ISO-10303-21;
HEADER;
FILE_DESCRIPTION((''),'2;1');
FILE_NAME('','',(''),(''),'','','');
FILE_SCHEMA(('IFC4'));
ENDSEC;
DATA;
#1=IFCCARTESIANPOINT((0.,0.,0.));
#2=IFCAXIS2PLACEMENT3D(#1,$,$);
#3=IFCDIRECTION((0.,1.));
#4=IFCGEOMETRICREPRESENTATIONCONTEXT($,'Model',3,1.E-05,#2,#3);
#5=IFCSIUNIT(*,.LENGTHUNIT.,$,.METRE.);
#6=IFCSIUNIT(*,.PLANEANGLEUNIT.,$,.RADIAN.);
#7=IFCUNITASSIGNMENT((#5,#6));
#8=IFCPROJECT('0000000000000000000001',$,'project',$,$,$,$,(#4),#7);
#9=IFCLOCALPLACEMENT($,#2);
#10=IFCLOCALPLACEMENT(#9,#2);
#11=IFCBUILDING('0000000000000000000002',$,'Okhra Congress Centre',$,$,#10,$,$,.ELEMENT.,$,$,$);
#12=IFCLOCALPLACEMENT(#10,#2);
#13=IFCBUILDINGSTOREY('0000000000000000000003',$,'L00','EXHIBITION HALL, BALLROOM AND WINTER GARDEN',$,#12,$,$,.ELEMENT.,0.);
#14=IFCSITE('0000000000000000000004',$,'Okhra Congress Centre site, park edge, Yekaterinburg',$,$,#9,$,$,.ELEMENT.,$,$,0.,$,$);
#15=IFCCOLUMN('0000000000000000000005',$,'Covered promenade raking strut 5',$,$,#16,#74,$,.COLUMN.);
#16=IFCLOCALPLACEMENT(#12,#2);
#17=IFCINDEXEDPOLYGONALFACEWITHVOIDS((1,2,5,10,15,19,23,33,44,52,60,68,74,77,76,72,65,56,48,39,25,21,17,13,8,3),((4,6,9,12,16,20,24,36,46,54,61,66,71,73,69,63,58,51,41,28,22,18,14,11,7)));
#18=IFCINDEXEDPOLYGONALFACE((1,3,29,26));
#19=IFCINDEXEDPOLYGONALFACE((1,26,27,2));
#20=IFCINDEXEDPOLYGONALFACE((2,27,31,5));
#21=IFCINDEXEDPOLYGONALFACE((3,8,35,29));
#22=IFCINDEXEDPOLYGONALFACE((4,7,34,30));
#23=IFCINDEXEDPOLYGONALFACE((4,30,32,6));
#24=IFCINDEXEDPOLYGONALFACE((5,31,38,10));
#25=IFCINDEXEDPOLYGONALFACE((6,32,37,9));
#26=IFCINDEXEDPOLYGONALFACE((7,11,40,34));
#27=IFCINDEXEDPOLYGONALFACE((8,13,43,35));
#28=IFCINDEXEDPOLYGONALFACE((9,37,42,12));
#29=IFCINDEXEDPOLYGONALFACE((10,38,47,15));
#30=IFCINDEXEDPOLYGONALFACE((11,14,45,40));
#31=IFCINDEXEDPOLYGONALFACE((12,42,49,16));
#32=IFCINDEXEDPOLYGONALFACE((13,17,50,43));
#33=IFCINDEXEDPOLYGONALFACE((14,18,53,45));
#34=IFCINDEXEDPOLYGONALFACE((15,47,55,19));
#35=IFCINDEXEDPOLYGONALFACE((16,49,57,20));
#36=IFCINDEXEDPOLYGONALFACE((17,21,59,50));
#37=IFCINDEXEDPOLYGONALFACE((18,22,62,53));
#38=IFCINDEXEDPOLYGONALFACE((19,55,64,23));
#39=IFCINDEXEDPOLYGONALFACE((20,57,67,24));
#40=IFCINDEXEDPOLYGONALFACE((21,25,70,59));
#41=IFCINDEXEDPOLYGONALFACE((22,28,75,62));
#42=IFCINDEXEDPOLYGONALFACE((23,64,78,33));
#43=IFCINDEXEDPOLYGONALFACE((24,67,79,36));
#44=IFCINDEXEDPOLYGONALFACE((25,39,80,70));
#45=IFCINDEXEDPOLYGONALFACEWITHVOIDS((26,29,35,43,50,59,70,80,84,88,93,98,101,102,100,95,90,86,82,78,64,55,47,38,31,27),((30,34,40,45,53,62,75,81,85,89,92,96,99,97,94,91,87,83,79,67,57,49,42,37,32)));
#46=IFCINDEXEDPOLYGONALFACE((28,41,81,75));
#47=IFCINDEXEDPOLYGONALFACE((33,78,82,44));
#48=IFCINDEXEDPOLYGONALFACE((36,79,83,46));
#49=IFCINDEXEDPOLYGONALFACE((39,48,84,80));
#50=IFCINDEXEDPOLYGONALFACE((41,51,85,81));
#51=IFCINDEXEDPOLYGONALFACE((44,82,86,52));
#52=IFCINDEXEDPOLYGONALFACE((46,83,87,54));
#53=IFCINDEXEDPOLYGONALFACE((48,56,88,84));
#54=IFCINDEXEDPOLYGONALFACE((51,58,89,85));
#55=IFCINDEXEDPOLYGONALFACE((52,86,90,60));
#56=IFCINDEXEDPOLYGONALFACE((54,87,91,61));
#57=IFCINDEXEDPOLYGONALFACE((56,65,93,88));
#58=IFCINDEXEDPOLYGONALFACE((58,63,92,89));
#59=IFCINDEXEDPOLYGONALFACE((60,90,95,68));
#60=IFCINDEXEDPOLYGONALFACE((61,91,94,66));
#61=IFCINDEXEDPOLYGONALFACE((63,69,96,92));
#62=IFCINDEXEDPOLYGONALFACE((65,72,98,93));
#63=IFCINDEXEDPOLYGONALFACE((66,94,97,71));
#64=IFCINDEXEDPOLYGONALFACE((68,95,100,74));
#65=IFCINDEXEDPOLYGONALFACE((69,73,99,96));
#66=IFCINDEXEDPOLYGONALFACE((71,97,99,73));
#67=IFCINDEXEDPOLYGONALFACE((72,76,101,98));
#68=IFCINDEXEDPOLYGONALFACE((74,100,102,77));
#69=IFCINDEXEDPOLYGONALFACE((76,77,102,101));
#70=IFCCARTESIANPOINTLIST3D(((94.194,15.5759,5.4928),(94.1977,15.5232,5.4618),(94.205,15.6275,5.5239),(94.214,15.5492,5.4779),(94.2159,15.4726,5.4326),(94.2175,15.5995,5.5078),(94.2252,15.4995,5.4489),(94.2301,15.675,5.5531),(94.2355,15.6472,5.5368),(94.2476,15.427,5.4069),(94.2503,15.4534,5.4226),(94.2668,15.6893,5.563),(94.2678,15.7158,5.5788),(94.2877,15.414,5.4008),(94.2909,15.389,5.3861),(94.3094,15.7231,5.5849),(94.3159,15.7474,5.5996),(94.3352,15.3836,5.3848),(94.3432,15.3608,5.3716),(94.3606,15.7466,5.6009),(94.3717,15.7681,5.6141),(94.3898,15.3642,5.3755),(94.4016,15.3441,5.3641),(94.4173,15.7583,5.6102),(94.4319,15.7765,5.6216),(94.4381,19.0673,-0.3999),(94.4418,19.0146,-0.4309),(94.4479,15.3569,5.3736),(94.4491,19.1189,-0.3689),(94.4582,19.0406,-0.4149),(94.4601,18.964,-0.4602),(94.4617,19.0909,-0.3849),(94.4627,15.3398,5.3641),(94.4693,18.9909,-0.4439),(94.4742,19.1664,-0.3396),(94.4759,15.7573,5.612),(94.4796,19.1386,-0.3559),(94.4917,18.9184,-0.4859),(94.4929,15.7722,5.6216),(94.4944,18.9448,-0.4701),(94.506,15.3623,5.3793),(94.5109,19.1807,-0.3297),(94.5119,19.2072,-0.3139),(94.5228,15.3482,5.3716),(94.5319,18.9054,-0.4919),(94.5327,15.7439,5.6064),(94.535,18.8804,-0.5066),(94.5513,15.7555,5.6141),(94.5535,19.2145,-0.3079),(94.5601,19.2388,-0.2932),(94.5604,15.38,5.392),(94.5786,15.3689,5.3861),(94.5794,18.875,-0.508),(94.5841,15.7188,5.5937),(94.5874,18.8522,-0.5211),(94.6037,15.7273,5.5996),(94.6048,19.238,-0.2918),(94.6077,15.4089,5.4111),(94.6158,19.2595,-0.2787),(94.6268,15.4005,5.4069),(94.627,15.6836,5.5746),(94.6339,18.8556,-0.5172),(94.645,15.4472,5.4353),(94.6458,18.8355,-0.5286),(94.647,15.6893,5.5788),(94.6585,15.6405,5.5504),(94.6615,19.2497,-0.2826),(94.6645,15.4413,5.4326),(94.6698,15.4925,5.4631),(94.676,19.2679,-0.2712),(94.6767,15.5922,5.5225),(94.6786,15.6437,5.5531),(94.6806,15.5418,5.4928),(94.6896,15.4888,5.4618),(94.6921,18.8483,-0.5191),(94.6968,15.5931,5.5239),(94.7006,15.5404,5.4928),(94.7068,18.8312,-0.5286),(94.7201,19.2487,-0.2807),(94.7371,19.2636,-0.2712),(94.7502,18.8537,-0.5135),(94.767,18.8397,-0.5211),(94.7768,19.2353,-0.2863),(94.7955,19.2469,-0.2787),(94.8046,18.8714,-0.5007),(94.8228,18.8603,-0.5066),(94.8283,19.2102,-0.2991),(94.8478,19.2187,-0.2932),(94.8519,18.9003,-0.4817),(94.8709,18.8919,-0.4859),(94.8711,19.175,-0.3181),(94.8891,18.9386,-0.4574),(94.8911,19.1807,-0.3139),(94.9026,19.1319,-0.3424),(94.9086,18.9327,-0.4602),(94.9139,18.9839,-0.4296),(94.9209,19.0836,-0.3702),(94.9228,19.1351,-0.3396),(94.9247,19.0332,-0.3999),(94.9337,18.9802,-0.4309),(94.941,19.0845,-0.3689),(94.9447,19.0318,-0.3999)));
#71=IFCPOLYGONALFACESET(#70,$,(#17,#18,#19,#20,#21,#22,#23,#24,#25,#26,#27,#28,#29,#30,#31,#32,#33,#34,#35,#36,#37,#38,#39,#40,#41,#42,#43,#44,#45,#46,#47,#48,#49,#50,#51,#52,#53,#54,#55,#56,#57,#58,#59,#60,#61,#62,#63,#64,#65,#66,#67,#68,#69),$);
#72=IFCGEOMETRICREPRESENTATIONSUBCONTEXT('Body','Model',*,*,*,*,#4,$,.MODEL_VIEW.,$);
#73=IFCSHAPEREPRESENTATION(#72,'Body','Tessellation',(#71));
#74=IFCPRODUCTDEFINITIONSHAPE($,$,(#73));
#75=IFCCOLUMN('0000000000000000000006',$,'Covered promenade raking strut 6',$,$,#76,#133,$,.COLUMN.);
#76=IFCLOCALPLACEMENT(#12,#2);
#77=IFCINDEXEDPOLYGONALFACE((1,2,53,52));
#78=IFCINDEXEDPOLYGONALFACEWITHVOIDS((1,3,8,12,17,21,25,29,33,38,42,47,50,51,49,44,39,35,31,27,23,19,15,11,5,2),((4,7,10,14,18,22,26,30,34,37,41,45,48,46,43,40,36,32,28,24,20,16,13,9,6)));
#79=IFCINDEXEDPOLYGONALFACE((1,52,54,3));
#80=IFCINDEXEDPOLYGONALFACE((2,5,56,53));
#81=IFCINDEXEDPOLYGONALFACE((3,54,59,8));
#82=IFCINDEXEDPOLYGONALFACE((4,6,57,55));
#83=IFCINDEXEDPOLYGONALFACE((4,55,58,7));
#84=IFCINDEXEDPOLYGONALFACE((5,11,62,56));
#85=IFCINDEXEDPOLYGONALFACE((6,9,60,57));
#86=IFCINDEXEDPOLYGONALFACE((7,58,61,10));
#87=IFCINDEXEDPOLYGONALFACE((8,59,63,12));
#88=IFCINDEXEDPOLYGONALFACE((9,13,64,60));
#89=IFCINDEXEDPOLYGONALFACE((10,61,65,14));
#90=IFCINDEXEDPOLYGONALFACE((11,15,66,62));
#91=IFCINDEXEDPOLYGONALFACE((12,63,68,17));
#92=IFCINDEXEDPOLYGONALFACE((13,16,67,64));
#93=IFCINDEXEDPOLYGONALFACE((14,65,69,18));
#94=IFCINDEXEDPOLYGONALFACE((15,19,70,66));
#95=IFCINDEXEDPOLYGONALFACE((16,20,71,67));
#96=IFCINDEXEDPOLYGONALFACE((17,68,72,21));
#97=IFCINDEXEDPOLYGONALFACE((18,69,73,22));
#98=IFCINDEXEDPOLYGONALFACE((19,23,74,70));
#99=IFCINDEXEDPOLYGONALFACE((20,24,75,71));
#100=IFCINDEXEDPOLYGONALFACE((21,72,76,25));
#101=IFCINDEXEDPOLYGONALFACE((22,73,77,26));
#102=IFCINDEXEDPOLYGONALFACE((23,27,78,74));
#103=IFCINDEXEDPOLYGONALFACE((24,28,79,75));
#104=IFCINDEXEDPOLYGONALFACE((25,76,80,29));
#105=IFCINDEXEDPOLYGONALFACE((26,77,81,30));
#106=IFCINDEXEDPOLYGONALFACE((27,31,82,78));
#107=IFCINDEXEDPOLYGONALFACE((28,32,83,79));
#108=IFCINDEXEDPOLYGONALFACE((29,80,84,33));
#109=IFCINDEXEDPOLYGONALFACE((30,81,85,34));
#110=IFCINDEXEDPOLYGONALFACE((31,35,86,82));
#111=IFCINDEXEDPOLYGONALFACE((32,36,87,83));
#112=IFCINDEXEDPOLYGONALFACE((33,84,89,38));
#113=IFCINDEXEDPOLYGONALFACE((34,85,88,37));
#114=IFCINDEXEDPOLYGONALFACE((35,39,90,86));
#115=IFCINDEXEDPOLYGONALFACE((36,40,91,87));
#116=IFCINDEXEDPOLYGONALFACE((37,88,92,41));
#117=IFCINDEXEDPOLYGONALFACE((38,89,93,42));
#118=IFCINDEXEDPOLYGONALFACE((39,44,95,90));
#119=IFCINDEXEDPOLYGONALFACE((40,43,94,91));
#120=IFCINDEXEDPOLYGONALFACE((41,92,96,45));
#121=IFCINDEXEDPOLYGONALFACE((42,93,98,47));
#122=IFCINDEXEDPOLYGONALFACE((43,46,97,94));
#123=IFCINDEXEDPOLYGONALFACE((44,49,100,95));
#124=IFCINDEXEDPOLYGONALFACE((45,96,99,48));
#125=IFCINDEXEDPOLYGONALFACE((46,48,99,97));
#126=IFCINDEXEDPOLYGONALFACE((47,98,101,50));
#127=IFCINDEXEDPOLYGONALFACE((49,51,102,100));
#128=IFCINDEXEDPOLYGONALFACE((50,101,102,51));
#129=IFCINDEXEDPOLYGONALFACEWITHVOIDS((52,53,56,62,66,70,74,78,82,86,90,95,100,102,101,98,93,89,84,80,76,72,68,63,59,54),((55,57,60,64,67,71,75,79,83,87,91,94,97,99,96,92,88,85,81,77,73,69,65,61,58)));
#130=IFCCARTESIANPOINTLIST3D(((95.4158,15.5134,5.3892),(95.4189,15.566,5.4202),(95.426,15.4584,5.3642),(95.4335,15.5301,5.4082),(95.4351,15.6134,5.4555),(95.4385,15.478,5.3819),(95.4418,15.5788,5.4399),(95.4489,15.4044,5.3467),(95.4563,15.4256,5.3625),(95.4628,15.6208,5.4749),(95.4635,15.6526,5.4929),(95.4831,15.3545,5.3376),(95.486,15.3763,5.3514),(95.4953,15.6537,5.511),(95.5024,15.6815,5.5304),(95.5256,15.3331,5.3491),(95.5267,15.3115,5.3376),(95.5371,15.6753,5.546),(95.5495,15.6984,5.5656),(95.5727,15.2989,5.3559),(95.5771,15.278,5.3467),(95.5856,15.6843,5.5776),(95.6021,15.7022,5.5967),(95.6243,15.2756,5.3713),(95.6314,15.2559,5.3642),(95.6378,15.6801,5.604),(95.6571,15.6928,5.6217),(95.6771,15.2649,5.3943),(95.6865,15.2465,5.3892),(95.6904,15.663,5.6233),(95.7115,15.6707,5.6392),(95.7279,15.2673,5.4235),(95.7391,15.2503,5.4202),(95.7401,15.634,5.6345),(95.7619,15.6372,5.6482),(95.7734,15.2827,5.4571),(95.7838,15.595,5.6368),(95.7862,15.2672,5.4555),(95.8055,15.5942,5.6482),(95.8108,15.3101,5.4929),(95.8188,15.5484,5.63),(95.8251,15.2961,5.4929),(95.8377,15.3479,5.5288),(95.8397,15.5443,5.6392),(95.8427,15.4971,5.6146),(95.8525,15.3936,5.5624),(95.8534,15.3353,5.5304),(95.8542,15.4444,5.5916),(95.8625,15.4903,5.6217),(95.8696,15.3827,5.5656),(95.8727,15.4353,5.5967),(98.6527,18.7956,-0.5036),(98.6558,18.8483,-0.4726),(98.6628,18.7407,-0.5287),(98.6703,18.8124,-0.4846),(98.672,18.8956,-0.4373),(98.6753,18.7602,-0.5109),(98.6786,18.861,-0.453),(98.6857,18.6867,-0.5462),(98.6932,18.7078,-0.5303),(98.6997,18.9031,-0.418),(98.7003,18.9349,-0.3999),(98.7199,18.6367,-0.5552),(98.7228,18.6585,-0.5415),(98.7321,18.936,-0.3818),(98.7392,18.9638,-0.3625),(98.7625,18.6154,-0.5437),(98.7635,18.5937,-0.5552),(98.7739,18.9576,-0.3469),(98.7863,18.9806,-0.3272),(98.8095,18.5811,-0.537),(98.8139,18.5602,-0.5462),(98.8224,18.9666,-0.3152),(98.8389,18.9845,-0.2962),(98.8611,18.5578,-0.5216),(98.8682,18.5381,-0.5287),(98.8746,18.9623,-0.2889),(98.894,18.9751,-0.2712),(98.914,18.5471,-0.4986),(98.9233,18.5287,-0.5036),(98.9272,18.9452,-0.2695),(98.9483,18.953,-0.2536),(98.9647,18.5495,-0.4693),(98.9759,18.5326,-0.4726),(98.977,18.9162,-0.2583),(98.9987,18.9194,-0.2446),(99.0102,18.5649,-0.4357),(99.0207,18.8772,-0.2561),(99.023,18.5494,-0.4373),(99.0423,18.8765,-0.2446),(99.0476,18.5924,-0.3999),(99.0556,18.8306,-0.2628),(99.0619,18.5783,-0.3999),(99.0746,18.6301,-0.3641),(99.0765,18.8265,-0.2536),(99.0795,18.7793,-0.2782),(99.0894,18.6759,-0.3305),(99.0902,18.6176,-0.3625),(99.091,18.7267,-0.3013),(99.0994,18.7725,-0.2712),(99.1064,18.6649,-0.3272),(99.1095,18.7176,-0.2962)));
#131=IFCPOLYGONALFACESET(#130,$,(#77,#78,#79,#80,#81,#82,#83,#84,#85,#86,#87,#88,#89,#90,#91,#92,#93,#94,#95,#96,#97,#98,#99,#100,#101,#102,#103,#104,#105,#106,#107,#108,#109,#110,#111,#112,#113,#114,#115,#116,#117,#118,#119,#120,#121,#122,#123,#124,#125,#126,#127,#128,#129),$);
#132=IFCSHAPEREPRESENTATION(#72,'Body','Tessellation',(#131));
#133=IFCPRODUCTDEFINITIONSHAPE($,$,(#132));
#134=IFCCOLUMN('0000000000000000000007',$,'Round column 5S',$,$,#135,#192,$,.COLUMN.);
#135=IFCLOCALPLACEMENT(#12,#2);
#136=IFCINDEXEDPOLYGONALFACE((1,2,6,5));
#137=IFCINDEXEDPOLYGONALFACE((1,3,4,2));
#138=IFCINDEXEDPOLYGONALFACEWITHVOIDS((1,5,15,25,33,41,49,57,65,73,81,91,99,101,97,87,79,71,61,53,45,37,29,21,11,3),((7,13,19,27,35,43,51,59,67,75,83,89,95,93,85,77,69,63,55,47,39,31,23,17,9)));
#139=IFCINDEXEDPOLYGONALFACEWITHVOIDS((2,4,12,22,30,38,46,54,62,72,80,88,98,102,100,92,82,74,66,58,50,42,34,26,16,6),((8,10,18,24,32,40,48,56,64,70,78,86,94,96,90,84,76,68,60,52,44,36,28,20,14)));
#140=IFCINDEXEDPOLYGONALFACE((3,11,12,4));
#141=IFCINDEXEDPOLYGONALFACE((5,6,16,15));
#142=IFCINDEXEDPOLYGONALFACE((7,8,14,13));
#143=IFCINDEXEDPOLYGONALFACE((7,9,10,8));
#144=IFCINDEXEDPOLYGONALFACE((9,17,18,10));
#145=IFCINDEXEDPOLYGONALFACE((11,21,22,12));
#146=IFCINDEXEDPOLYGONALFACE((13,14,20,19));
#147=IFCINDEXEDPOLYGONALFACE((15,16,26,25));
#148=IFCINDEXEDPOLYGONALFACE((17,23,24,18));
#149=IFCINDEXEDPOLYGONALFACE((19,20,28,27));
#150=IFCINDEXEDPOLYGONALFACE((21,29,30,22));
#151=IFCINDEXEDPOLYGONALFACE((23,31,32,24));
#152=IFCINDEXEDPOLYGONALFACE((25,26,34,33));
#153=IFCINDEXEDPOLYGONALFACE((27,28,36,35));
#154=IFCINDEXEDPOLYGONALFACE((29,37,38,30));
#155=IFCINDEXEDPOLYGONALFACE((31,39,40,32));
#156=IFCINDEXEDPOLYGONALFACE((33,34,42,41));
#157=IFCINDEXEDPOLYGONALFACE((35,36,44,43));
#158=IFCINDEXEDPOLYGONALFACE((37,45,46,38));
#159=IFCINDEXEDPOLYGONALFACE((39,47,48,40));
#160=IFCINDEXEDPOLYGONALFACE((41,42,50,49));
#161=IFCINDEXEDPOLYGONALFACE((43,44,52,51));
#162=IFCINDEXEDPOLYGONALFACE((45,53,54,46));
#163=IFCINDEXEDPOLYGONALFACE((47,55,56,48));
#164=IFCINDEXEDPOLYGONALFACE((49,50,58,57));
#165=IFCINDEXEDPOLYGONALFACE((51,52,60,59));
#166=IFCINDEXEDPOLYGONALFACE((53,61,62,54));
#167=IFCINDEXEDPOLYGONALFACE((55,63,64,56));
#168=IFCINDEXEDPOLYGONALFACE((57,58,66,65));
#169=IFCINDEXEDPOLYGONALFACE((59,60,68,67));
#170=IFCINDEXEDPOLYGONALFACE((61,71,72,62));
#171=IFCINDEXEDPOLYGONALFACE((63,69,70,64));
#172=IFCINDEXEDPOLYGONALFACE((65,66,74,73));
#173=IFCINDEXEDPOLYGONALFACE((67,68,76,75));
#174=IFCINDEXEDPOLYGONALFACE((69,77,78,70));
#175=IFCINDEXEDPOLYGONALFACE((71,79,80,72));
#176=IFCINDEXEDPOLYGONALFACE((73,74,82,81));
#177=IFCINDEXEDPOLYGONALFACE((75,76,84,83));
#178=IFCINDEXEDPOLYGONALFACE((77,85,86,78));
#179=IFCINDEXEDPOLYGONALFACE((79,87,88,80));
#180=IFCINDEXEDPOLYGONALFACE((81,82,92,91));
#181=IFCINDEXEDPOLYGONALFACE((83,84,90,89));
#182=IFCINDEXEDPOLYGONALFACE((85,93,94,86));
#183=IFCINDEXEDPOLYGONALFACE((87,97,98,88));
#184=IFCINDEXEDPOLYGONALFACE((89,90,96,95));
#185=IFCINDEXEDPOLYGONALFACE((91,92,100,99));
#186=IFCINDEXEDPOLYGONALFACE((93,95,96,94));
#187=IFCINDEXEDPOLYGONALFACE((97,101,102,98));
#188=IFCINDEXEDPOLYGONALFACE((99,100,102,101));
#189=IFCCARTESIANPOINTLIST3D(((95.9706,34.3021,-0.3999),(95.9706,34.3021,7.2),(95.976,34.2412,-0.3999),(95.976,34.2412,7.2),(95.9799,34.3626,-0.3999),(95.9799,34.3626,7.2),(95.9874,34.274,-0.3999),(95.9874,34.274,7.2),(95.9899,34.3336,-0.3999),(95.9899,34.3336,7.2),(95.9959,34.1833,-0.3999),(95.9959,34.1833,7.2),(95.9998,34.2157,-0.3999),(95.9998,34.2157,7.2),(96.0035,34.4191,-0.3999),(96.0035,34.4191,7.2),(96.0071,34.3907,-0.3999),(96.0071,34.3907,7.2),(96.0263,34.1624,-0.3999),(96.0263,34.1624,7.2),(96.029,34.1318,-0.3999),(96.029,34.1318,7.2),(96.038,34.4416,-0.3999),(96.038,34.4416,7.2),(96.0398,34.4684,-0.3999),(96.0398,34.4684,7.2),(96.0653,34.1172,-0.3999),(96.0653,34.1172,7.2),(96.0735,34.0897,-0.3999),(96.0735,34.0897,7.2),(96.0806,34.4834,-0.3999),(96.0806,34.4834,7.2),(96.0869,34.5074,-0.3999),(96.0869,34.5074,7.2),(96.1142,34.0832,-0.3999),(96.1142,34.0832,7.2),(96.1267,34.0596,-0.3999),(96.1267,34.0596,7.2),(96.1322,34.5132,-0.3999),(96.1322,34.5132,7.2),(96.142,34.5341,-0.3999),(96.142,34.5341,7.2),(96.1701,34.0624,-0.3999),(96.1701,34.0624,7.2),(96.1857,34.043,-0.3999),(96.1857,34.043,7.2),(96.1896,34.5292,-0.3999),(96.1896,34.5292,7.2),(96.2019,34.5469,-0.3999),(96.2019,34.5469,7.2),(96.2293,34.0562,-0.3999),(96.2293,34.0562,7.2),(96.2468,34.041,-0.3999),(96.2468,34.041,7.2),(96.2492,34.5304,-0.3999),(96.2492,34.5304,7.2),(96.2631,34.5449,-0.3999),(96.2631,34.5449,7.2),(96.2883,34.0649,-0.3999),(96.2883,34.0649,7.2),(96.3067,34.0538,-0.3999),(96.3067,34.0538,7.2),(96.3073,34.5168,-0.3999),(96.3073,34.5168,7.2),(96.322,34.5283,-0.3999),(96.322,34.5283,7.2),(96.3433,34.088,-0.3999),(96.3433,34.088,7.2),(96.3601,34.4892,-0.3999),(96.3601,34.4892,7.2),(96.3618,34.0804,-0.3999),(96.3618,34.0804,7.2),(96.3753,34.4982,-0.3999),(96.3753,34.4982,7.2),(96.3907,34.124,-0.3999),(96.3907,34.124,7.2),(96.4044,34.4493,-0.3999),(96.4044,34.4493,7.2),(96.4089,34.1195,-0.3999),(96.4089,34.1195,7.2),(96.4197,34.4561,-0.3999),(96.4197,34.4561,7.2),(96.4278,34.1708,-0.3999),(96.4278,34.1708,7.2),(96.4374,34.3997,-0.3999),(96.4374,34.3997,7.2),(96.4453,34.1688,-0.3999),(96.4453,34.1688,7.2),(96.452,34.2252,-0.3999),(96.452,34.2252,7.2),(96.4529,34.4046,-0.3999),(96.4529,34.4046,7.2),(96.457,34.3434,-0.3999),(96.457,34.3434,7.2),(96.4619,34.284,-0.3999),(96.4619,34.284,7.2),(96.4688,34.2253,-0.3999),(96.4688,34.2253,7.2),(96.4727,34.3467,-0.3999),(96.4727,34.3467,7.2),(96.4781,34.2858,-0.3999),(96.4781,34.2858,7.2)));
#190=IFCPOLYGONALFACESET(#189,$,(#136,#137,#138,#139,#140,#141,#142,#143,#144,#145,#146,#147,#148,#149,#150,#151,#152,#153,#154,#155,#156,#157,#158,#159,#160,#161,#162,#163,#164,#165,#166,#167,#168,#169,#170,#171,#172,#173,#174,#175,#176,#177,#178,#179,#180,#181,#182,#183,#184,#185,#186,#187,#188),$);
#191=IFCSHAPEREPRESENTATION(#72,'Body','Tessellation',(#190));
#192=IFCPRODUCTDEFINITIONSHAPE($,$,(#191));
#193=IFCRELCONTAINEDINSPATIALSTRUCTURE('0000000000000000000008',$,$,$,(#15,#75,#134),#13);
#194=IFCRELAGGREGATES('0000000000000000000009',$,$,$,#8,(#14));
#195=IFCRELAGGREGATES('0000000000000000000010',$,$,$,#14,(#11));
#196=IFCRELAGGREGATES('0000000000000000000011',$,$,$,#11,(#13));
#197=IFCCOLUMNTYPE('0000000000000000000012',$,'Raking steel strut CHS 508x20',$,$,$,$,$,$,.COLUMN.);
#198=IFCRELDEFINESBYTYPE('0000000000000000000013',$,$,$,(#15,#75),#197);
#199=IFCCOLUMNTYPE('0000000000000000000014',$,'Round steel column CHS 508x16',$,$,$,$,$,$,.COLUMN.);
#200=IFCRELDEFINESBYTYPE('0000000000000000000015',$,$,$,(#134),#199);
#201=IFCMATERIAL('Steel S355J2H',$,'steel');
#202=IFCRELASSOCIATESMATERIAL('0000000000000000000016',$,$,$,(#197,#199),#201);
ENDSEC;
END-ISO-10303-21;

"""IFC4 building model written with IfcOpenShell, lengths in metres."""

from ifc_helpers import new_model, si_unit, direction, frame, origin, origin_2d, place, context, subcontext, project, spatial, hollow_circle, extrude, material, material_profile, profile_set, type_object, element, save


model = new_model("IFC4")

# Units and contexts
model_context = context("Model", 3, precision=1e-05, world=origin(), true_north=direction((0.0, 1.0)))
body_context = subcontext(model_context, "Body", "Model", "MODEL_VIEW")
ifc_project = project(units=[si_unit("LENGTHUNIT", "METRE"), si_unit("PLANEANGLEUNIT", "RADIAN")], contexts=[model_context])

# Site, building, storey
site_placement = place(None, origin())
site = spatial("IfcSite", under=ifc_project, at=site_placement, Name="Okhra Congress Centre site, park edge, Yekaterinburg", CompositionType="ELEMENT", RefElevation=0.0)
building_placement = place(site_placement, origin())
building = spatial("IfcBuilding", under=site, at=building_placement, Name="Okhra Congress Centre", CompositionType="ELEMENT")
storey_placement = place(building_placement, origin())
storey = spatial("IfcBuildingStorey", under=building, at=storey_placement, Name="L00", Description="EXHIBITION HALL, BALLROOM AND WINTER GARDEN", CompositionType="ELEMENT", Elevation=0.0)

# Columns
ifc_material_1 = material(Name="Steel S355J2H", Category="steel")
ifc_material_profile_1 = material_profile(ifc_material_1, hollow_circle(Radius=0.2539, WallThickness=0.02, at=origin_2d()), Name="CHS 508x20")
ifc_profile_set_1 = profile_set([ifc_material_profile_1], Name="Steel S355J2H")
column_type_1 = type_object("IfcColumnType", Name="Raking steel strut CHS 508x20", PredefinedType="COLUMN", material=ifc_profile_set_1)
column_1_placement = place(storey_placement, frame((94.6914, 19.0496, -0.3999), z_axis=(-0.035621, -0.509415, 0.859783), x_axis=(0.997564, -0.069755, 0.0)))
element("IfcColumn", 1, at=column_1_placement, inside=storey, type_object=column_type_1, Name="Covered promenade raking strut 5", PredefinedType="COLUMN", context=body_context, shape_type="SweptSolid", body=[
    extrude(hollow_circle(Radius=0.2539, WallThickness=0.02, at=origin_2d()), origin(), (0.0, 0.0, 1.0), 6.8538),
])
column_2_placement = place(storey_placement, frame((98.8811, 18.7566, -0.3999), z_axis=(-0.432633, -0.438703, 0.787635), x_axis=(0.712015, -0.702164, 0.0)))
element("IfcColumn", 2, at=column_2_placement, inside=storey, type_object=column_type_1, Name="Covered promenade raking strut 6", PredefinedType="COLUMN", context=body_context, shape_type="SweptSolid", body=[
    extrude(hollow_circle(Radius=0.2539, WallThickness=0.02, at=origin_2d()), origin(), (0.0, 0.0, 1.0), 7.4817),
])
ifc_material_profile_2 = material_profile(ifc_material_1, hollow_circle(Radius=0.2539, WallThickness=0.0161, at=origin_2d()), Name="CHS 508x16")
ifc_profile_set_2 = profile_set([ifc_material_profile_2], Name="Steel S355J2H")
column_type_2 = type_object("IfcColumnType", Name="Round steel column CHS 508x16", PredefinedType="COLUMN", material=ifc_profile_set_2)
for number, where, z_axis, x_axis, name in (
    (3, (96.2244, 34.2939, -0.3999), (0.0, 0.0, 1.0), (0.978148, 0.207912, 0.0), "Round column 5S"),
):
    element("IfcColumn", number, at=place(storey_placement, frame(where, z_axis=z_axis, x_axis=x_axis)), inside=storey, type_object=column_type_2, Name=name, PredefinedType="COLUMN", context=body_context, shape_type="SweptSolid", body=[
        extrude(hollow_circle(Radius=0.2539, WallThickness=0.0161, at=origin_2d()), origin(), (0.0, 0.0, 1.0), 7.5999),
    ])

save(model, "model.ifc")
